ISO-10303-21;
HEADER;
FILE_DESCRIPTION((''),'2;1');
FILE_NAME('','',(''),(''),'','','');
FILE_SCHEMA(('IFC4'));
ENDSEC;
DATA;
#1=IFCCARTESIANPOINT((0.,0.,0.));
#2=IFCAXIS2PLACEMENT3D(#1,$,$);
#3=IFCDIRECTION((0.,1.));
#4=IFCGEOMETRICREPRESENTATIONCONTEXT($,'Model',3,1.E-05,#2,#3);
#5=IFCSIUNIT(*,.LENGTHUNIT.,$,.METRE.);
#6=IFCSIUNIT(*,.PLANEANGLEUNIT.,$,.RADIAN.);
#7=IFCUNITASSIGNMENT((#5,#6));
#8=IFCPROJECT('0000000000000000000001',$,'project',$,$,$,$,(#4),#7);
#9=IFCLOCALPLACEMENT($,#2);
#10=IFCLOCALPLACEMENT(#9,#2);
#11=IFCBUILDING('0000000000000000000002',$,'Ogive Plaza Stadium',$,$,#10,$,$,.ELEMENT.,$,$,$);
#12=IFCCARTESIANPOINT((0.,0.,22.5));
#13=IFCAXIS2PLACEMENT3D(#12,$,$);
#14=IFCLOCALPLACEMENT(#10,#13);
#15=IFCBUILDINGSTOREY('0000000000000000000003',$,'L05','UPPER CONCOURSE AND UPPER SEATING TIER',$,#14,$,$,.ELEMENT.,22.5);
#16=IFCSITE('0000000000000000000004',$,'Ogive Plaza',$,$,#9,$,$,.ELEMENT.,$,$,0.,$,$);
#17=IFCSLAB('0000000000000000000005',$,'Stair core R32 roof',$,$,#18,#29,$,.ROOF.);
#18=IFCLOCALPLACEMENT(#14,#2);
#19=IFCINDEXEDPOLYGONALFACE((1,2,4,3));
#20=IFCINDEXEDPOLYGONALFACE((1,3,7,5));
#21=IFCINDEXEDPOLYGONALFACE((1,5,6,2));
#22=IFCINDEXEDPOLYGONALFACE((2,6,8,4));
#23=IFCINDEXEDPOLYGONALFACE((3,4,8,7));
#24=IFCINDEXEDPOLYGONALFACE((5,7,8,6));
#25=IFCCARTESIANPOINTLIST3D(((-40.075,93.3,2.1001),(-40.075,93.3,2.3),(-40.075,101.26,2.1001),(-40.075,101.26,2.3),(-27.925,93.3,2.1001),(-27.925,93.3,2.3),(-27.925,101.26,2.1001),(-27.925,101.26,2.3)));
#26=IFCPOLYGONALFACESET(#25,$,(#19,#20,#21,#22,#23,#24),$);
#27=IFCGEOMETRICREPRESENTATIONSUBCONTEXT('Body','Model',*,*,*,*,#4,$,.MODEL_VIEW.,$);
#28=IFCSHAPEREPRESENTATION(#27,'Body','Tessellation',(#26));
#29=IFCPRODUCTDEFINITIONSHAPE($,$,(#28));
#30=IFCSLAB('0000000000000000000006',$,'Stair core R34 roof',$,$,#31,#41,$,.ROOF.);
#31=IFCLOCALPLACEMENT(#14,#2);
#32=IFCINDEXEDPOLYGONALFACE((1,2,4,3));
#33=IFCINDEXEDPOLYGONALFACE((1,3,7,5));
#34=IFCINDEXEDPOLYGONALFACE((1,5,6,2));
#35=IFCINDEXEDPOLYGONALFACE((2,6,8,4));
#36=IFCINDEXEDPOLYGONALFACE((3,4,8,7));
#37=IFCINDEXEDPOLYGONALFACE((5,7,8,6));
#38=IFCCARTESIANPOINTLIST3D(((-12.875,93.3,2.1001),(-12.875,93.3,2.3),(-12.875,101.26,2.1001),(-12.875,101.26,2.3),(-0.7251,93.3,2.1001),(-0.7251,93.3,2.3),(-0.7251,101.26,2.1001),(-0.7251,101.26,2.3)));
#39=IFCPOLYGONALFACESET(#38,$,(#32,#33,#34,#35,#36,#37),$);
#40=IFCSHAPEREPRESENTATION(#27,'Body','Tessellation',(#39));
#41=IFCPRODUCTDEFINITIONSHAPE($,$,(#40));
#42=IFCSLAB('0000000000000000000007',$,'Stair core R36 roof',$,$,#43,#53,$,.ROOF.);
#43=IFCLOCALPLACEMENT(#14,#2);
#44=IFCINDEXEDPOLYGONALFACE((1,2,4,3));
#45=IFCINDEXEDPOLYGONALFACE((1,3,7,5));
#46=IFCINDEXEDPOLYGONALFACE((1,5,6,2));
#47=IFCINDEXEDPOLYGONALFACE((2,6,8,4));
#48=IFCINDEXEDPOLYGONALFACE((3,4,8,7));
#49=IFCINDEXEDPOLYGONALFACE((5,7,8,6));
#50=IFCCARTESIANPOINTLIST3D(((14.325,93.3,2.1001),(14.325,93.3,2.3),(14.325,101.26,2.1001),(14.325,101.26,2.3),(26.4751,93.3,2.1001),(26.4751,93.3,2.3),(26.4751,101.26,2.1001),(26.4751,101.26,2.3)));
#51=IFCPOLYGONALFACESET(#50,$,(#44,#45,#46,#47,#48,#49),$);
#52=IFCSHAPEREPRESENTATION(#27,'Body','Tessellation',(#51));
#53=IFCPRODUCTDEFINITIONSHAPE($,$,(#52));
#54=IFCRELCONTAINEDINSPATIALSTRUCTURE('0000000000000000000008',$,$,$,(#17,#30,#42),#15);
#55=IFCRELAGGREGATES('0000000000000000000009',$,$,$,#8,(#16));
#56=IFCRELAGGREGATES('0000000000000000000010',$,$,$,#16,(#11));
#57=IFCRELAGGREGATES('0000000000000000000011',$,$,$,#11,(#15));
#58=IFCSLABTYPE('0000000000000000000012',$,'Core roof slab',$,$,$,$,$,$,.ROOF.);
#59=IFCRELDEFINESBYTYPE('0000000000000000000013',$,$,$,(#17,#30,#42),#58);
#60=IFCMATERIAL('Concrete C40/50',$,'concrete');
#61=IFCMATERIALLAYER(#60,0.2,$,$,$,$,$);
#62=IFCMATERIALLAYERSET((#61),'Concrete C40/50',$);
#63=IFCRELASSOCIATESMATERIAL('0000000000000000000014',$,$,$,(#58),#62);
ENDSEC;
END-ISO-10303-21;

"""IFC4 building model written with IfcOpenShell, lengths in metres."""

from ifc_helpers import new_model, si_unit, direction, frame, origin, place, context, subcontext, project, spatial, polyline, outline, extrude, material, layer, layer_set, type_object, element, save


model = new_model("IFC4")

# Units and contexts
model_context = context("Model", 3, precision=1e-05, world=origin(), true_north=direction((0.0, 1.0)))
body_context = subcontext(model_context, "Body", "Model", "MODEL_VIEW")
ifc_project = project(units=[si_unit("LENGTHUNIT", "METRE"), si_unit("PLANEANGLEUNIT", "RADIAN")], contexts=[model_context])

# Site, building, storey
site_placement = place(None, origin())
site = spatial("IfcSite", under=ifc_project, at=site_placement, Name="Ogive Plaza", CompositionType="ELEMENT", RefElevation=0.0)
building_placement = place(site_placement, origin())
building = spatial("IfcBuilding", under=site, at=building_placement, Name="Ogive Plaza Stadium", CompositionType="ELEMENT")
storey_placement = place(building_placement, frame((0.0, 0.0, 22.5)))
storey = spatial("IfcBuildingStorey", under=building, at=storey_placement, Name="L05", Description="UPPER CONCOURSE AND UPPER SEATING TIER", CompositionType="ELEMENT", Elevation=22.5)

# Slabs
ifc_material = material(Name="Concrete C40/50", Category="concrete")
ifc_layer = layer(ifc_material, 0.2)
ifc_layer_set = layer_set([ifc_layer], Name="Concrete C40/50")
slab_type = type_object("IfcSlabType", Name="Core roof slab", PredefinedType="ROOF", material=ifc_layer_set)
slab_1_placement = place(storey_placement, frame((0.0, 0.0, 2.1001)))
element("IfcSlab", 1, at=slab_1_placement, inside=storey, type_object=slab_type, Name="Stair core R32 roof", PredefinedType="ROOF", context=body_context, shape_type="SweptSolid", body=[
    extrude(outline(polyline([(-27.925, 93.3), (-27.925, 101.26), (-40.075, 101.26), (-40.075, 93.3), (-27.925, 93.3)])), origin(), (0.0, 0.0, 1.0), 0.2),
])
slab_2_placement = place(storey_placement, frame((0.0, 0.0, 2.1001)))
element("IfcSlab", 2, at=slab_2_placement, inside=storey, type_object=slab_type, Name="Stair core R34 roof", PredefinedType="ROOF", context=body_context, shape_type="SweptSolid", body=[
    extrude(outline(polyline([(-0.7251, 93.3), (-0.7251, 101.26), (-12.875, 101.26), (-12.875, 93.3), (-0.7251, 93.3)])), origin(), (0.0, 0.0, 1.0), 0.2),
])
slab_3_placement = place(storey_placement, frame((0.0, 0.0, 2.1001)))
element("IfcSlab", 3, at=slab_3_placement, inside=storey, type_object=slab_type, Name="Stair core R36 roof", PredefinedType="ROOF", context=body_context, shape_type="SweptSolid", body=[
    extrude(outline(polyline([(26.4751, 93.3), (26.4751, 101.26), (14.325, 101.26), (14.325, 93.3), (26.4751, 93.3)])), origin(), (0.0, 0.0, 1.0), 0.2),
])

save(model, "model.ifc")
